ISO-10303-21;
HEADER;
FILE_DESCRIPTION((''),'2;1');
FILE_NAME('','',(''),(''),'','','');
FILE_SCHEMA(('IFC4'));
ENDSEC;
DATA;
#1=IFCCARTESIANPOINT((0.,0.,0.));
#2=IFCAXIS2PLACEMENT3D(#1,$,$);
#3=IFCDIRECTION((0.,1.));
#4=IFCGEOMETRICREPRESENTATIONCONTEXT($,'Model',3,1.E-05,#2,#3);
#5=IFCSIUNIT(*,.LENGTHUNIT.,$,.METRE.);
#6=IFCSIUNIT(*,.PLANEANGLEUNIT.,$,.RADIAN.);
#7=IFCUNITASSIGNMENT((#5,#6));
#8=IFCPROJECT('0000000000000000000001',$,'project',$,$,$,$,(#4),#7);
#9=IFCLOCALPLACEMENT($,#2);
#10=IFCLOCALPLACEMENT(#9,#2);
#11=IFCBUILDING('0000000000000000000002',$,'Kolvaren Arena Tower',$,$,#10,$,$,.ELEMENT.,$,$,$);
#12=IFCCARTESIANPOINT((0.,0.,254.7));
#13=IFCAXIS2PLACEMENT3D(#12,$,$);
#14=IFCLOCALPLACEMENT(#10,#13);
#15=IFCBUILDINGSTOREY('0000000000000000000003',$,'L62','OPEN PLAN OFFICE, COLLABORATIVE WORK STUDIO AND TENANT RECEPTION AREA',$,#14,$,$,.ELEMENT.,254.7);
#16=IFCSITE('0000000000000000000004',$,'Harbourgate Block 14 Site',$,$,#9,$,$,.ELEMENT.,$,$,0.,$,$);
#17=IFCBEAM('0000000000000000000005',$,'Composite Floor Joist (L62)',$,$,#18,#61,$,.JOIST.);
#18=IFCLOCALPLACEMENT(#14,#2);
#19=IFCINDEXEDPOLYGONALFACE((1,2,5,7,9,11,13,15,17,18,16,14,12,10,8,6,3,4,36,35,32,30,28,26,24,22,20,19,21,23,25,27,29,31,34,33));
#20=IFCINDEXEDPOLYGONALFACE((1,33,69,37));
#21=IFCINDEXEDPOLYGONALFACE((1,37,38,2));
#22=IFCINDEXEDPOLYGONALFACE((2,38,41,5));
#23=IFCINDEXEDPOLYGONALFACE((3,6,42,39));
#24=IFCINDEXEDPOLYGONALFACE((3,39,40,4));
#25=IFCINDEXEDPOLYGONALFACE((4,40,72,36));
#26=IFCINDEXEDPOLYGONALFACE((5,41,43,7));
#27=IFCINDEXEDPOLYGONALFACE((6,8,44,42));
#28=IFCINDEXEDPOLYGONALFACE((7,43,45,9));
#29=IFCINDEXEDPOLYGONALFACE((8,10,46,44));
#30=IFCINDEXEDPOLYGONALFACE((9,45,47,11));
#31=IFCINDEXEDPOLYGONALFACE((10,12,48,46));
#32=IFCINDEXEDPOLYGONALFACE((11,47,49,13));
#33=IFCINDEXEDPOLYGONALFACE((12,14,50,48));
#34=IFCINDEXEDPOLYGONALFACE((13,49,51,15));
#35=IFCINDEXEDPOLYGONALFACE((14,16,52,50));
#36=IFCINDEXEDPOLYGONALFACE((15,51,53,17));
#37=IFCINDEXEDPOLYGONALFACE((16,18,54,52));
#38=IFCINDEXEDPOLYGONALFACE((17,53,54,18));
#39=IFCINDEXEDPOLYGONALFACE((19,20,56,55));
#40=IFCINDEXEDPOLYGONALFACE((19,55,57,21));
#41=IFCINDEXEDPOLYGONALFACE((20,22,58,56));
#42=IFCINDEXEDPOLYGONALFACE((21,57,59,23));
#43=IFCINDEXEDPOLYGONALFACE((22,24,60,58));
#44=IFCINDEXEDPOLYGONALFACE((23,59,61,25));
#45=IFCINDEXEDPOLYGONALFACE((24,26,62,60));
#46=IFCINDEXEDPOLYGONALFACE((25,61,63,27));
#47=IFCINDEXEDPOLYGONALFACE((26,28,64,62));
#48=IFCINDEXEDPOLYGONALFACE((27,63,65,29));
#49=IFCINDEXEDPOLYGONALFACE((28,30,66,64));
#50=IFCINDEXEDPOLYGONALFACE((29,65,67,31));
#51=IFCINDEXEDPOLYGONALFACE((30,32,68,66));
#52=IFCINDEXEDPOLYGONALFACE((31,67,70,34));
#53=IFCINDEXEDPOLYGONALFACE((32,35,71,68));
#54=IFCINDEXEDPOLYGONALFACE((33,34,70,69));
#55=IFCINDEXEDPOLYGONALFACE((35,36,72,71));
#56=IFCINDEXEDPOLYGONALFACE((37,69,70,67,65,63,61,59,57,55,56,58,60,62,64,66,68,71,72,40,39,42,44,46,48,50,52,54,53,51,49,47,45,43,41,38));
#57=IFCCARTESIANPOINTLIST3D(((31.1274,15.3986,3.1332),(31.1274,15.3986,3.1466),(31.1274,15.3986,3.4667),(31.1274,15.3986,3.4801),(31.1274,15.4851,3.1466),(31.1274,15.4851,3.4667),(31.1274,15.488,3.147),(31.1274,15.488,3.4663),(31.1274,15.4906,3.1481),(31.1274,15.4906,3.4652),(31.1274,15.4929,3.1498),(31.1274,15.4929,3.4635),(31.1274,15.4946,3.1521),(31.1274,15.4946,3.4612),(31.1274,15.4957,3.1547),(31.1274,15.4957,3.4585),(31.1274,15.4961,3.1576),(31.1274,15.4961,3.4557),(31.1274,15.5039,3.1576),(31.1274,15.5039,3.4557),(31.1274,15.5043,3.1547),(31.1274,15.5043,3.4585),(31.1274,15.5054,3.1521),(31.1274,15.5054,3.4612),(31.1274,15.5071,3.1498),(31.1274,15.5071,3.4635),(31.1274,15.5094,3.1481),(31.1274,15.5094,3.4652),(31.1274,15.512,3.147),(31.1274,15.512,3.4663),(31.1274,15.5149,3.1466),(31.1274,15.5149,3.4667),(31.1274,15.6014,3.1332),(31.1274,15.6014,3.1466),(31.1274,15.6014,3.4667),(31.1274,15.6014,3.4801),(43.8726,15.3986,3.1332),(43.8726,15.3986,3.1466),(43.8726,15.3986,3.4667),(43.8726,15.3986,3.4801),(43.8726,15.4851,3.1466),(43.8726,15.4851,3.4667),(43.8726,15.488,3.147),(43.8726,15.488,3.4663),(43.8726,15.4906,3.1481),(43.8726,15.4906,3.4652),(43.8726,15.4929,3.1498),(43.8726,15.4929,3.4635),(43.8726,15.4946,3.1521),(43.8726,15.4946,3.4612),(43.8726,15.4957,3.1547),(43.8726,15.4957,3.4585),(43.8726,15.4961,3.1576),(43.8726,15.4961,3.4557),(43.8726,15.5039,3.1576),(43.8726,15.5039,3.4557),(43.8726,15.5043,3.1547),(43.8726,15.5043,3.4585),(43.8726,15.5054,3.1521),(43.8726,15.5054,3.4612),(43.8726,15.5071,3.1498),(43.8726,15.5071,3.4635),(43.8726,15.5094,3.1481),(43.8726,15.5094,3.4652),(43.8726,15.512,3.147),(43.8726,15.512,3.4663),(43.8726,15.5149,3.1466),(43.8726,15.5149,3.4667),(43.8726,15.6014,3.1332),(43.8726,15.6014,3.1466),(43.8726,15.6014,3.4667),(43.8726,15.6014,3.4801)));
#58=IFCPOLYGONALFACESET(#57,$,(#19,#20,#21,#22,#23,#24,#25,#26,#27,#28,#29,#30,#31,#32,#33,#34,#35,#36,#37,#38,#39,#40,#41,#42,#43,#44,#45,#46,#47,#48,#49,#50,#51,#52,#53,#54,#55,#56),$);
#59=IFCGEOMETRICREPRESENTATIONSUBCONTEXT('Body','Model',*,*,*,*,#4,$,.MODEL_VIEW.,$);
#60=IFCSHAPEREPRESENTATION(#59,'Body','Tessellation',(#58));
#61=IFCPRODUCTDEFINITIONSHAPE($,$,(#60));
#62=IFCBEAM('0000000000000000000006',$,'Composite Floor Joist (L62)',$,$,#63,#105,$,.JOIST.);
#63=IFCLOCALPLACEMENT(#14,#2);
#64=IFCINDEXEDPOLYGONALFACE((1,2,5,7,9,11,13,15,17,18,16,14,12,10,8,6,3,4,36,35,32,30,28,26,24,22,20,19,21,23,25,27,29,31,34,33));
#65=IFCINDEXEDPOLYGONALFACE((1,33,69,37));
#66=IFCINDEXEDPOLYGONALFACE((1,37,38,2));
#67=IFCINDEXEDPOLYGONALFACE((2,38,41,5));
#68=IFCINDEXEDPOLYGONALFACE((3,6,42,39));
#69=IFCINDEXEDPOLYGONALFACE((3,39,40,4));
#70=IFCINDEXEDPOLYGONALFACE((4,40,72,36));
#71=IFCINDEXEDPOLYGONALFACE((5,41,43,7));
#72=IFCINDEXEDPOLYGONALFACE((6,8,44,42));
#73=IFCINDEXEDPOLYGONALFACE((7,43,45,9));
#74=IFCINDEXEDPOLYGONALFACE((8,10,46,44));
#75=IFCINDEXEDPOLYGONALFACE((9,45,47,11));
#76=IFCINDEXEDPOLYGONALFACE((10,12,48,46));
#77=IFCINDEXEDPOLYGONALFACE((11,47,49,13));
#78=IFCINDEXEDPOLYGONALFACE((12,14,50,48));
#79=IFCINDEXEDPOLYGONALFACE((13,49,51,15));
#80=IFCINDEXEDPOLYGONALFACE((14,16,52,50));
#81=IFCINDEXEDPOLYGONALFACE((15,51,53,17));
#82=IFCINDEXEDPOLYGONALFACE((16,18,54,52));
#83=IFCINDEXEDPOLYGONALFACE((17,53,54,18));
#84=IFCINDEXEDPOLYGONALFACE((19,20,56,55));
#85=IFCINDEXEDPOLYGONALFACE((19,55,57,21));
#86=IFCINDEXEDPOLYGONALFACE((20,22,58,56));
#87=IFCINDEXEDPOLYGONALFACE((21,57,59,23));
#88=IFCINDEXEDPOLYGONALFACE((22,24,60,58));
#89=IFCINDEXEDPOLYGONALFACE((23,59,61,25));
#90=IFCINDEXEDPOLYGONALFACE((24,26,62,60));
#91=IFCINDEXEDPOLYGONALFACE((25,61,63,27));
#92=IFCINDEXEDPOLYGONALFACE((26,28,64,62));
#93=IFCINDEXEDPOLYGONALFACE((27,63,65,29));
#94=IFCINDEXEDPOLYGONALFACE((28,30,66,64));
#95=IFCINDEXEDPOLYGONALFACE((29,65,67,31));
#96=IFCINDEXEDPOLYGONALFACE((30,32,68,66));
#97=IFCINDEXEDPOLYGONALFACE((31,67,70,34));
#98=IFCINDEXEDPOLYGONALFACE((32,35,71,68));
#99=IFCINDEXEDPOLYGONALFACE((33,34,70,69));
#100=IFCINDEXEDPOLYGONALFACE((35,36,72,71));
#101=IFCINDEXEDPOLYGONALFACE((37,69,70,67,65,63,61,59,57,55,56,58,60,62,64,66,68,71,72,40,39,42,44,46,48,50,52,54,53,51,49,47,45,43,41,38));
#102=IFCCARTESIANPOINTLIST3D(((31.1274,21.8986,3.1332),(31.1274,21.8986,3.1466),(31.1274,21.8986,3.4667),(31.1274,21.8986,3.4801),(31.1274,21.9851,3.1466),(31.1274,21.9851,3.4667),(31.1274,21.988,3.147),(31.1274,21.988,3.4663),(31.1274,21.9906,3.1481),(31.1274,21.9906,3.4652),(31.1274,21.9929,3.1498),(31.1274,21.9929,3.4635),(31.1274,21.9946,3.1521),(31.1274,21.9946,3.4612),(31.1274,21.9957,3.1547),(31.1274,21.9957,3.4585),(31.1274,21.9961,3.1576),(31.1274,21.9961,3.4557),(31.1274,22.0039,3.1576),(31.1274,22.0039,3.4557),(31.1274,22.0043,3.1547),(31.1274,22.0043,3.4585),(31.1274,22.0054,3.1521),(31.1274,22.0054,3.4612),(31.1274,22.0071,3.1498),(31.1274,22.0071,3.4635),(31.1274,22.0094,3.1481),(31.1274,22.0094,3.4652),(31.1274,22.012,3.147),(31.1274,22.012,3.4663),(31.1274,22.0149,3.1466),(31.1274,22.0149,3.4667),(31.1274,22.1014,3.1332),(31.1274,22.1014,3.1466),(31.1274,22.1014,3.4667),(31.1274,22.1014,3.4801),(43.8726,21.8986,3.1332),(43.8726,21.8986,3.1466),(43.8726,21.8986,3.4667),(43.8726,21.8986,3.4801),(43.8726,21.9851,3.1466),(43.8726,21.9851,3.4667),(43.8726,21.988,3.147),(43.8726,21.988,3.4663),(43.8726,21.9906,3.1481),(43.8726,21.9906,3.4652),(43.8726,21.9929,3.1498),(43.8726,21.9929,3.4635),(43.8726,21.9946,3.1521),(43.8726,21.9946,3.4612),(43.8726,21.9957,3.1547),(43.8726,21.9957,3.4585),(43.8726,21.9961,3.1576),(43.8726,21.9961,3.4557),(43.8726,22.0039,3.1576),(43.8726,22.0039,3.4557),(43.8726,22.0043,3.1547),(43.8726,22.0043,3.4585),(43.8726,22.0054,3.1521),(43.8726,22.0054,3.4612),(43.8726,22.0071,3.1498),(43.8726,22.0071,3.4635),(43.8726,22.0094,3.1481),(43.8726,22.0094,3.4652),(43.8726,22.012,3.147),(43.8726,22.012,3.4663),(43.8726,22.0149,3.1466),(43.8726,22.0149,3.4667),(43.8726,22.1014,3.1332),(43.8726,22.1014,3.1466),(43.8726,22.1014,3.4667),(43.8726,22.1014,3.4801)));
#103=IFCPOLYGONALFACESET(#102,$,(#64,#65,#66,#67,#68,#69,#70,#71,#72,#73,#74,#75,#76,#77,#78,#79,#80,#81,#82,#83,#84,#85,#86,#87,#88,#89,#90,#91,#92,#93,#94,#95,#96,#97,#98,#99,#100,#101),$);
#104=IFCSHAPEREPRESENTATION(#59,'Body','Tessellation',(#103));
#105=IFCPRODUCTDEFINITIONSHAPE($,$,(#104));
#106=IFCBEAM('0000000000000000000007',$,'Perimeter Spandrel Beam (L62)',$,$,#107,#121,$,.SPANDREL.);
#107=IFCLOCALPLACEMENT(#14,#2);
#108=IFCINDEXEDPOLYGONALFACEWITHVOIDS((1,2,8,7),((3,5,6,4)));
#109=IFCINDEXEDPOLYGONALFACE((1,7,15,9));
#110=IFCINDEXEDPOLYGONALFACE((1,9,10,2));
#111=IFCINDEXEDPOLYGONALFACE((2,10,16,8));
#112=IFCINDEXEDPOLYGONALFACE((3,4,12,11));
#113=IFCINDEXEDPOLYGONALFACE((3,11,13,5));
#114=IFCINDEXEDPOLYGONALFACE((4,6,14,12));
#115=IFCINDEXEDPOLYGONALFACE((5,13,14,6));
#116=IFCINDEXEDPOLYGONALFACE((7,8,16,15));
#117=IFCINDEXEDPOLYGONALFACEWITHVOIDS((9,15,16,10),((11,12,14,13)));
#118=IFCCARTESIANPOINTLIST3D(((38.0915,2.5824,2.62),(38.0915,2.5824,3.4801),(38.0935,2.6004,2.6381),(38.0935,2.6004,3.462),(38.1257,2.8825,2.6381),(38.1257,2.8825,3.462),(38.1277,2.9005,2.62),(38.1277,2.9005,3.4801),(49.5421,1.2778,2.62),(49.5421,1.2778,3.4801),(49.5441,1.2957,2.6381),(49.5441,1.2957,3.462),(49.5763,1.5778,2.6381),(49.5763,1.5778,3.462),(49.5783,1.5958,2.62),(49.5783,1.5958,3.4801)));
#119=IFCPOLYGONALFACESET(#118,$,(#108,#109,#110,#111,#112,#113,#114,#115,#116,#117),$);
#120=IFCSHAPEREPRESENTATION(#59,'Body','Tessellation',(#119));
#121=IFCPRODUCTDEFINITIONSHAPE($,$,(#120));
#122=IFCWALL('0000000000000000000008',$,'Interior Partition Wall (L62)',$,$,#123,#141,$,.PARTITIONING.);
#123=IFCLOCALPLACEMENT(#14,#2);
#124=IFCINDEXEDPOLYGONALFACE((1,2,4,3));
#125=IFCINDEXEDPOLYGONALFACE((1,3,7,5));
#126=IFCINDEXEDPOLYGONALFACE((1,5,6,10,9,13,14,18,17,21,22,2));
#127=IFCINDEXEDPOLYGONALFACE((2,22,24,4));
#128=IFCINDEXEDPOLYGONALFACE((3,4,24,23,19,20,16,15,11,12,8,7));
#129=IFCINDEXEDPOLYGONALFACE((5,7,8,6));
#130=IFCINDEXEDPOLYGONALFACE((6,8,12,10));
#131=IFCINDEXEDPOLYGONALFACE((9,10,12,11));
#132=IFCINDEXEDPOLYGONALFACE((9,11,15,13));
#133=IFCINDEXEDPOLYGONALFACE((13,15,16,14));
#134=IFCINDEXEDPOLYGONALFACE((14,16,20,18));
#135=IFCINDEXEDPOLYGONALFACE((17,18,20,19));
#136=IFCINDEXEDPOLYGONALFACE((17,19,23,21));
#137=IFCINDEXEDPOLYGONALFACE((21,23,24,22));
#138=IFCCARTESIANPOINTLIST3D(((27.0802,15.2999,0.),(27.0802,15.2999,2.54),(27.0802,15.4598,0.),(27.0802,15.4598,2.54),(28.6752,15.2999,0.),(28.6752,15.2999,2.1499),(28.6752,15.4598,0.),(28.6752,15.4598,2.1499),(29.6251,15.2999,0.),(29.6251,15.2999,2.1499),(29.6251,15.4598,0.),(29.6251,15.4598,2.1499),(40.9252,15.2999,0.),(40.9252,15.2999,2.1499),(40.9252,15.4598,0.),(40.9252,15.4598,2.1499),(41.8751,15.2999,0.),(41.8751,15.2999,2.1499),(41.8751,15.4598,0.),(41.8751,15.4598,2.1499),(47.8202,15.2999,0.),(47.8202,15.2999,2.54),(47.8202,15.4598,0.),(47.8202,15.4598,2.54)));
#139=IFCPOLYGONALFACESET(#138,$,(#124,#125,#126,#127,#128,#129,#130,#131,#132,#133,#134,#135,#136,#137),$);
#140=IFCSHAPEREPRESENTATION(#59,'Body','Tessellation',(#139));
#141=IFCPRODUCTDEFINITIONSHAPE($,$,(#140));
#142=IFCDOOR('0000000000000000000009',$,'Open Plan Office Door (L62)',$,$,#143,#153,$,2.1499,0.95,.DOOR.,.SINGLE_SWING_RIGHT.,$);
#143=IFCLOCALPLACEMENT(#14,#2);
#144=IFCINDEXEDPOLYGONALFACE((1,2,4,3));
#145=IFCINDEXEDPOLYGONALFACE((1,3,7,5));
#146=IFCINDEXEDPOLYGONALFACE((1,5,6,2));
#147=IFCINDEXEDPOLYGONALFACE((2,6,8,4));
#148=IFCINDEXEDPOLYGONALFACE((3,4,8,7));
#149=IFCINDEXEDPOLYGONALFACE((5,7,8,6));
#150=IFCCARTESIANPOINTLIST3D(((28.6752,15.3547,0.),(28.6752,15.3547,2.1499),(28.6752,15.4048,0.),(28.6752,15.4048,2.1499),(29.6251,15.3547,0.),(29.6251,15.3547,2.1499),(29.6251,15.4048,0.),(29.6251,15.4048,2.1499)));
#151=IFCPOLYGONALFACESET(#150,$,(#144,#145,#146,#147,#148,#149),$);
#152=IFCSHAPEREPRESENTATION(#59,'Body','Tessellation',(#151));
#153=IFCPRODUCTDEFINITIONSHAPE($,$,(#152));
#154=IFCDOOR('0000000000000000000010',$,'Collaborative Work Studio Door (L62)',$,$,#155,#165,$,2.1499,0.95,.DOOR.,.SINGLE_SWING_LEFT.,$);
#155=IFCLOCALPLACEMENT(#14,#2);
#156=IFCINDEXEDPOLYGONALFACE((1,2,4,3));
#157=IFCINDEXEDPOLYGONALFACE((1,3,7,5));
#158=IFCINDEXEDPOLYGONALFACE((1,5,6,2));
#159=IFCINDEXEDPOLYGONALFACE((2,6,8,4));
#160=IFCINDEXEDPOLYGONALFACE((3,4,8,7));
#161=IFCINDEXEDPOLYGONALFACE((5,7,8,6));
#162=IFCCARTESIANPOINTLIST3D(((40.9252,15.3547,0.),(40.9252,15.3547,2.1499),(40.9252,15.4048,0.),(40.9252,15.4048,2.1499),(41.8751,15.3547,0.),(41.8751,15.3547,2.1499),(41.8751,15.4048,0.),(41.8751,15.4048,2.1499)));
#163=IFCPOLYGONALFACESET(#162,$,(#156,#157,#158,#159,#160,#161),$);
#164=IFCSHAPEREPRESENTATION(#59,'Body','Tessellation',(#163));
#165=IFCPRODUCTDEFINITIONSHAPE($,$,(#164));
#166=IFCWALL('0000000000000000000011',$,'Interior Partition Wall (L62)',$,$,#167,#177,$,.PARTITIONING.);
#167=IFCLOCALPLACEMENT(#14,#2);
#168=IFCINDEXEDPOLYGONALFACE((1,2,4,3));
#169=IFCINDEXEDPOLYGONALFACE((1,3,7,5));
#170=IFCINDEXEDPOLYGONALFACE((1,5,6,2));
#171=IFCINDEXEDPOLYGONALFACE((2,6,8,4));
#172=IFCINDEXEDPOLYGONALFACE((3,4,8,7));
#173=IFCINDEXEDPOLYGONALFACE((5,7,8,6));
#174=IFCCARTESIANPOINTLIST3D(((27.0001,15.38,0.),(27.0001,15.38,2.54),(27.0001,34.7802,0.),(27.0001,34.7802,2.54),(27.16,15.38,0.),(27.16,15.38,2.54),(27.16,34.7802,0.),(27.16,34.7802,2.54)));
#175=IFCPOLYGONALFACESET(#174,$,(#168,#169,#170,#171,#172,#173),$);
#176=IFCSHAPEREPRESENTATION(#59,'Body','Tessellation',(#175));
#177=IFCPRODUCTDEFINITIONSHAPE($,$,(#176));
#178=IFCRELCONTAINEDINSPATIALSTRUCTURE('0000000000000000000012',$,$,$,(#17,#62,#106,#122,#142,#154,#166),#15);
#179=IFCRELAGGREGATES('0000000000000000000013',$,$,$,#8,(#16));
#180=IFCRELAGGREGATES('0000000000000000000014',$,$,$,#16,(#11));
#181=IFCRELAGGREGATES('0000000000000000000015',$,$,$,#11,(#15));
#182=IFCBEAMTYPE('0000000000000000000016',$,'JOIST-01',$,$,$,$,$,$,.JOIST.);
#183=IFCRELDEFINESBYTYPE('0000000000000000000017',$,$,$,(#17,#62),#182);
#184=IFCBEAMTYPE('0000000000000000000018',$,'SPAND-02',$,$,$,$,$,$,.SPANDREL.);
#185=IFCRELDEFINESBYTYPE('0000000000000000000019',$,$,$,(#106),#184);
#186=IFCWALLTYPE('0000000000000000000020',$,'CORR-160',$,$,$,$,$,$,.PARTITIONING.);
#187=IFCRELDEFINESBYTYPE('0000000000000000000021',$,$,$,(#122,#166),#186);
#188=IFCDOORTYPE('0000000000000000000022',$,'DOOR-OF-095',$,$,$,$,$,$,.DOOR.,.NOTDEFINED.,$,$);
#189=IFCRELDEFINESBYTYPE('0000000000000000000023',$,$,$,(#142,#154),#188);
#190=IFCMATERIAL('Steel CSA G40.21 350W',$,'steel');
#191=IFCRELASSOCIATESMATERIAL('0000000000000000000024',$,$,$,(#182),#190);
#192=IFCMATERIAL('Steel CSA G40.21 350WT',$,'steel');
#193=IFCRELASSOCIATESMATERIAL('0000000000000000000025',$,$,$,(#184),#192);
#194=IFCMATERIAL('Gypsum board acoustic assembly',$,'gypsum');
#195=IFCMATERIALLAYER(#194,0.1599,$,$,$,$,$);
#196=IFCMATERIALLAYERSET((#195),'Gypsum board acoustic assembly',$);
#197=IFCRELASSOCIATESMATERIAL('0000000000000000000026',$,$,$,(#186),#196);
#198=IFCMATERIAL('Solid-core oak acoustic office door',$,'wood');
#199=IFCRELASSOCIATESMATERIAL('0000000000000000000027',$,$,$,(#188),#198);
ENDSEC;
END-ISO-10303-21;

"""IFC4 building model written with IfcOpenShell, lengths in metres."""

from ifc_helpers import new_model, si_unit, direction, frame, frame_2d, origin, origin_2d, place, context, subcontext, project, spatial, rectangle, hollow_rectangle, i_section, extrude, material, layer, layer_set, material_profile, profile_set, type_object, element, fill, save


model = new_model("IFC4")

# Units and contexts
model_context = context("Model", 3, precision=1e-05, world=origin(), true_north=direction((0.0, 1.0)))
body_context = subcontext(model_context, "Body", "Model", "MODEL_VIEW")
ifc_project = project(units=[si_unit("LENGTHUNIT", "METRE"), si_unit("PLANEANGLEUNIT", "RADIAN")], contexts=[model_context])

# Site, building, storey
site_placement = place(None, origin())
site = spatial("IfcSite", under=ifc_project, at=site_placement, Name="Harbourgate Block 14 Site", CompositionType="ELEMENT", RefElevation=0.0)
building_placement = place(site_placement, origin())
building = spatial("IfcBuilding", under=site, at=building_placement, Name="Kolvaren Arena Tower", CompositionType="ELEMENT")
storey_placement = place(building_placement, frame((0.0, 0.0, 254.7)))
storey = spatial("IfcBuildingStorey", under=building, at=storey_placement, Name="L62", Description="OPEN PLAN OFFICE, COLLABORATIVE WORK STUDIO AND TENANT RECEPTION AREA", CompositionType="ELEMENT", Elevation=254.7)

# Beams
ifc_material_1 = material(Name="Steel CSA G40.21 350W", Category="steel")
ifc_material_profile_1 = material_profile(ifc_material_1, i_section(OverallWidth=0.2029, OverallDepth=0.3469, WebThickness=0.0078, FlangeThickness=0.0134, FilletRadius=0.011, at=origin_2d()), Name="W360x64")
ifc_profile_set_1 = profile_set([ifc_material_profile_1], Name="Steel CSA G40.21 350W")
beam_type_1 = type_object("IfcBeamType", Name="JOIST-01", PredefinedType="JOIST", material=ifc_profile_set_1)
for number, where, z_axis, x_axis, name in (
    (1, (31.1274, 15.5, 3.3066), (1.0, 0.0, 0.0), (0.0, 1.0, 0.0), "Composite Floor Joist (L62)"),
    (2, (31.1274, 22.0, 3.3066), (1.0, 0.0, 0.0), (0.0, 1.0, 0.0), "Composite Floor Joist (L62)"),
):
    element("IfcBeam", number, at=place(storey_placement, frame(where, z_axis=z_axis, x_axis=x_axis)), inside=storey, type_object=beam_type_1, Name=name, PredefinedType="JOIST", context=body_context, shape_type="SweptSolid", body=[
        extrude(i_section(OverallWidth=0.2029, OverallDepth=0.3469, WebThickness=0.0078, FlangeThickness=0.0134, FilletRadius=0.011, at=origin_2d()), origin(), (0.0, 0.0, 1.0), 12.7451),
    ])
ifc_material_2 = material(Name="Steel CSA G40.21 350WT", Category="steel")
ifc_material_profile_2 = material_profile(ifc_material_2, hollow_rectangle(XDim=0.3201, YDim=0.8601, WallThickness=0.0181, at=origin_2d()), Name="HSS 860x320x18")
ifc_profile_set_2 = profile_set([ifc_material_profile_2], Name="Steel CSA G40.21 350WT")
beam_type_2 = type_object("IfcBeamType", Name="SPAND-02", PredefinedType="SPANDREL", material=ifc_profile_set_2)
beam_1_placement = place(storey_placement, frame((38.1096, 2.7415, 3.05), z_axis=(0.993571, -0.113207, 0.0), x_axis=(0.113207, 0.993571, 0.0)))
element("IfcBeam", 3, at=beam_1_placement, inside=storey, type_object=beam_type_2, Name="Perimeter Spandrel Beam (L62)", PredefinedType="SPANDREL", context=body_context, shape_type="SweptSolid", body=[
    extrude(hollow_rectangle(XDim=0.3201, YDim=0.8601, WallThickness=0.0181, at=origin_2d()), origin(), (0.0, 0.0, 1.0), 11.5247),
])

# Wall, openings, doors
ifc_material_3 = material(Name="Gypsum board acoustic assembly", Category="gypsum")
ifc_layer_1 = layer(ifc_material_3, 0.1599)
ifc_layer_set_1 = layer_set([ifc_layer_1], Name="Gypsum board acoustic assembly")
wall_type_1 = type_object("IfcWallType", Name="CORR-160", PredefinedType="PARTITIONING", material=ifc_layer_set_1)
wall_1_placement = place(storey_placement, frame((27.0801, 15.3799, 0.0), z_axis=(0.0, 0.0, 1.0), x_axis=(1.0, 0.0, 0.0)))
wall_1 = element("IfcWall", 4, at=wall_1_placement, inside=storey, type_object=wall_type_1, Name="Interior Partition Wall (L62)", PredefinedType="PARTITIONING", context=body_context, shape_type="SweptSolid", body=[
    extrude(rectangle(XDim=20.74, YDim=0.1599, at=frame_2d((10.3701, 0.0))), origin(), (0.0, 0.0, 1.0), 2.54),
])
opening_1_placement = place(wall_1_placement, frame((1.595, 0.0, 0.0)))
opening_1 = element("IfcOpeningElement", 5, at=opening_1_placement, cuts=wall_1, PredefinedType="OPENING", context=body_context, shape_type="SweptSolid", body=[
    extrude(rectangle(XDim=0.95, YDim=2.1499, at=frame_2d((0.4751, 1.075))), frame((0.0, 0.0898, 0.0), z_axis=(0.0, -1.0, 0.0), x_axis=(1.0, 0.0, 0.0)), (0.0, 0.0, 1.0), 0.1799),
])
opening_2_placement = place(wall_1_placement, frame((13.845, 0.0, 0.0)))
opening_2 = element("IfcOpeningElement", 6, at=opening_2_placement, cuts=wall_1, PredefinedType="OPENING", context=body_context, shape_type="SweptSolid", body=[
    extrude(rectangle(XDim=0.95, YDim=2.1499, at=frame_2d((0.4751, 1.075))), frame((0.0, 0.0898, 0.0), z_axis=(0.0, -1.0, 0.0), x_axis=(1.0, 0.0, 0.0)), (0.0, 0.0, 1.0), 0.1799),
])
ifc_material_4 = material(Name="Solid-core oak acoustic office door", Category="wood")
door_type = type_object("IfcDoorType", Name="DOOR-OF-095", OperationType="NOTDEFINED", PredefinedType="DOOR", material=ifc_material_4)
door_1_placement = place(opening_1_placement, origin())
door_1 = element("IfcDoor", 7, at=door_1_placement, inside=storey, type_object=door_type, Name="Open Plan Office Door (L62)", OperationType="SINGLE_SWING_RIGHT", OverallHeight=2.1499, OverallWidth=0.95, PredefinedType="DOOR", context=body_context, shape_type="SweptSolid", body=[
    extrude(rectangle(XDim=0.95, YDim=2.1499, at=frame_2d((0.4751, 1.075))), frame((0.0, 0.0249, 0.0), z_axis=(0.0, -1.0, 0.0), x_axis=(1.0, 0.0, 0.0)), (0.0, 0.0, 1.0), 0.05),
])
fill(opening_1, door_1)
door_2_placement = place(opening_2_placement, origin())
door_2 = element("IfcDoor", 8, at=door_2_placement, inside=storey, type_object=door_type, Name="Collaborative Work Studio Door (L62)", OperationType="SINGLE_SWING_LEFT", OverallHeight=2.1499, OverallWidth=0.95, PredefinedType="DOOR", context=body_context, shape_type="SweptSolid", body=[
    extrude(rectangle(XDim=0.95, YDim=2.1499, at=frame_2d((0.4751, 1.075))), frame((0.0, 0.0249, 0.0), z_axis=(0.0, -1.0, 0.0), x_axis=(1.0, 0.0, 0.0)), (0.0, 0.0, 1.0), 0.05),
])
fill(opening_2, door_2)

# Wall
wall_2_placement = place(storey_placement, frame((27.0801, 15.3799, 0.0), z_axis=(0.0, 0.0, 1.0), x_axis=(0.0, 1.0, 0.0)))
element("IfcWall", 9, at=wall_2_placement, inside=storey, type_object=wall_type_1, Name="Interior Partition Wall (L62)", PredefinedType="PARTITIONING", context=body_context, shape_type="SweptSolid", body=[
    extrude(rectangle(XDim=19.4001, YDim=0.1599, at=frame_2d((9.7002, 0.0))), origin(), (0.0, 0.0, 1.0), 2.54),
])

save(model, "model.ifc")
